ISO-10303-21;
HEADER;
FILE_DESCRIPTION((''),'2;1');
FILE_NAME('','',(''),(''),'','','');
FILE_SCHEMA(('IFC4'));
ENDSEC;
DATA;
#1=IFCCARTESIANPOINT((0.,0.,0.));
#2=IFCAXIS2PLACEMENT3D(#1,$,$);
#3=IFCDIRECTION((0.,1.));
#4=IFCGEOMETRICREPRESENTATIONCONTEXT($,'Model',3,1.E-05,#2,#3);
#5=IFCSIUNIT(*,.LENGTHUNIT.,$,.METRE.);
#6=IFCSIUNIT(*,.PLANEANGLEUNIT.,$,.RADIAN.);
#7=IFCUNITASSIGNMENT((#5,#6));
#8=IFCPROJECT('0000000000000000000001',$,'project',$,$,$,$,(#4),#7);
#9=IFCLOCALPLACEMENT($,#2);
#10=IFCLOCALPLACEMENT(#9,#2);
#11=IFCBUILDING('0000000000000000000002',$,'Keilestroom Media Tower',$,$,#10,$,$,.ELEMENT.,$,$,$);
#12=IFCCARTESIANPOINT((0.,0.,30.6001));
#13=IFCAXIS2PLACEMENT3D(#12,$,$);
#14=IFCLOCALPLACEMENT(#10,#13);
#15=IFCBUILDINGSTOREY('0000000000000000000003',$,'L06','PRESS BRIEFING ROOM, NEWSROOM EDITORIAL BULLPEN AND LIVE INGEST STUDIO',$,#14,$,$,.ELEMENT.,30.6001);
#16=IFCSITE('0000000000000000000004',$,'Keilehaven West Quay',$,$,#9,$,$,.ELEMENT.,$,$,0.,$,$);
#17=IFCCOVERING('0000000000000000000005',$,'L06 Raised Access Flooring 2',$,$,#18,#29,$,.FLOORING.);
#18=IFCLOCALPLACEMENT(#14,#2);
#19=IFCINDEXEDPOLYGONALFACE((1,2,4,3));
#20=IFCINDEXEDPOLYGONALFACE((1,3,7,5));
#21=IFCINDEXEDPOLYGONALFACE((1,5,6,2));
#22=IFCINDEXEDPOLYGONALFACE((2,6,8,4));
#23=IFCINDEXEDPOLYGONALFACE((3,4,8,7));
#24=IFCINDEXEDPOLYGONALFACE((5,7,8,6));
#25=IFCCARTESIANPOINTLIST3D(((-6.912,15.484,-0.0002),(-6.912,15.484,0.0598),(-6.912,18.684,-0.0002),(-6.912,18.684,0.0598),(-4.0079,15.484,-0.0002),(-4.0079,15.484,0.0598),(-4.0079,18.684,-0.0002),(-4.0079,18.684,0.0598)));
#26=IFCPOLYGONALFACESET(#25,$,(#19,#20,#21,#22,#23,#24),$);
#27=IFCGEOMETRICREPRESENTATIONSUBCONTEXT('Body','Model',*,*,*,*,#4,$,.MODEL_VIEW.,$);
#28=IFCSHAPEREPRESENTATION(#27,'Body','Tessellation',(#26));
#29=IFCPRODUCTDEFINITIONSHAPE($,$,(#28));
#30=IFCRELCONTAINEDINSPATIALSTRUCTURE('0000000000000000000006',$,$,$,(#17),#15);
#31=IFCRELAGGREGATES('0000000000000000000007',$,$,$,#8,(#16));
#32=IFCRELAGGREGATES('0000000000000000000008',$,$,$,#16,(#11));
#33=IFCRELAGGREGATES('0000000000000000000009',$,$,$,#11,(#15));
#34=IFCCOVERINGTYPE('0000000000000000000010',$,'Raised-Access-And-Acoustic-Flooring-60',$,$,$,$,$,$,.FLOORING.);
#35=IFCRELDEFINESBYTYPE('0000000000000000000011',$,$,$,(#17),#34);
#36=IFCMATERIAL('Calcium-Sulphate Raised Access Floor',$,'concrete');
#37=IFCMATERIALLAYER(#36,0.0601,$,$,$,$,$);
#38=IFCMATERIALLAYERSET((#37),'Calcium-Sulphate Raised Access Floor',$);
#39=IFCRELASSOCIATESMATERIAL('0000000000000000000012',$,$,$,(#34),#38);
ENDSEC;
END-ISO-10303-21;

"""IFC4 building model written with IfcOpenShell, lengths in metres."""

from ifc_helpers import new_model, si_unit, direction, frame, origin, origin_2d, place, context, subcontext, project, spatial, rectangle, extrude, source, transform, mapped, material, layer, layer_set, type_object, element, save


model = new_model("IFC4")

# Units and contexts
model_context = context("Model", 3, precision=1e-05, world=origin(), true_north=direction((0.0, 1.0)))
body_context = subcontext(model_context, "Body", "Model", "MODEL_VIEW")
ifc_project = project(units=[si_unit("LENGTHUNIT", "METRE"), si_unit("PLANEANGLEUNIT", "RADIAN")], contexts=[model_context])

# Site, building, storey
site_placement = place(None, origin())
site = spatial("IfcSite", under=ifc_project, at=site_placement, Name="Keilehaven West Quay", CompositionType="ELEMENT", RefElevation=0.0)
building_placement = place(site_placement, origin())
building = spatial("IfcBuilding", under=site, at=building_placement, Name="Keilestroom Media Tower", CompositionType="ELEMENT")
storey_placement = place(building_placement, frame((0.0, 0.0, 30.6001)))
storey = spatial("IfcBuildingStorey", under=building, at=storey_placement, Name="L06", Description="PRESS BRIEFING ROOM, NEWSROOM EDITORIAL BULLPEN AND LIVE INGEST STUDIO", CompositionType="ELEMENT", Elevation=30.6001)

# Covering
ifc_material_1 = material(Name="Calcium-Sulphate Raised Access Floor", Category="concrete")
ifc_layer_1 = layer(ifc_material_1, 0.0601)
ifc_layer_set_1 = layer_set([ifc_layer_1], Name="Calcium-Sulphate Raised Access Floor")
covering_type_1 = type_object("IfcCoveringType", Name="Raised-Access-And-Acoustic-Flooring-60", PredefinedType="FLOORING", material=ifc_layer_set_1)
shared_shape_1 = source(origin(), body_context, "Body", "SweptSolid", [
    extrude(rectangle(XDim=2.9041, YDim=3.2, at=origin_2d()), origin(), (0.0, 0.0, 1.0), 0.0601),
])
covering_1_placement = place(storey_placement, frame((-5.46, 17.084, -0.0002), z_axis=(0.0, 0.0, 1.0), x_axis=(1.0, 0.0, 0.0)))
element("IfcCovering", 1, at=covering_1_placement, inside=storey, type_object=covering_type_1, Name="L06 Raised Access Flooring 2", PredefinedType="FLOORING", context=body_context, shape_type="MappedRepresentation", body=[
    mapped(shared_shape_1, transform((0.0, 0.0, 0.0), x_axis=(1.0, 0.0, 0.0), y_axis=(0.0, 1.0, 0.0), z_axis=(0.0, 0.0, 1.0), scale=1.0)),
])

save(model, "model.ifc")
